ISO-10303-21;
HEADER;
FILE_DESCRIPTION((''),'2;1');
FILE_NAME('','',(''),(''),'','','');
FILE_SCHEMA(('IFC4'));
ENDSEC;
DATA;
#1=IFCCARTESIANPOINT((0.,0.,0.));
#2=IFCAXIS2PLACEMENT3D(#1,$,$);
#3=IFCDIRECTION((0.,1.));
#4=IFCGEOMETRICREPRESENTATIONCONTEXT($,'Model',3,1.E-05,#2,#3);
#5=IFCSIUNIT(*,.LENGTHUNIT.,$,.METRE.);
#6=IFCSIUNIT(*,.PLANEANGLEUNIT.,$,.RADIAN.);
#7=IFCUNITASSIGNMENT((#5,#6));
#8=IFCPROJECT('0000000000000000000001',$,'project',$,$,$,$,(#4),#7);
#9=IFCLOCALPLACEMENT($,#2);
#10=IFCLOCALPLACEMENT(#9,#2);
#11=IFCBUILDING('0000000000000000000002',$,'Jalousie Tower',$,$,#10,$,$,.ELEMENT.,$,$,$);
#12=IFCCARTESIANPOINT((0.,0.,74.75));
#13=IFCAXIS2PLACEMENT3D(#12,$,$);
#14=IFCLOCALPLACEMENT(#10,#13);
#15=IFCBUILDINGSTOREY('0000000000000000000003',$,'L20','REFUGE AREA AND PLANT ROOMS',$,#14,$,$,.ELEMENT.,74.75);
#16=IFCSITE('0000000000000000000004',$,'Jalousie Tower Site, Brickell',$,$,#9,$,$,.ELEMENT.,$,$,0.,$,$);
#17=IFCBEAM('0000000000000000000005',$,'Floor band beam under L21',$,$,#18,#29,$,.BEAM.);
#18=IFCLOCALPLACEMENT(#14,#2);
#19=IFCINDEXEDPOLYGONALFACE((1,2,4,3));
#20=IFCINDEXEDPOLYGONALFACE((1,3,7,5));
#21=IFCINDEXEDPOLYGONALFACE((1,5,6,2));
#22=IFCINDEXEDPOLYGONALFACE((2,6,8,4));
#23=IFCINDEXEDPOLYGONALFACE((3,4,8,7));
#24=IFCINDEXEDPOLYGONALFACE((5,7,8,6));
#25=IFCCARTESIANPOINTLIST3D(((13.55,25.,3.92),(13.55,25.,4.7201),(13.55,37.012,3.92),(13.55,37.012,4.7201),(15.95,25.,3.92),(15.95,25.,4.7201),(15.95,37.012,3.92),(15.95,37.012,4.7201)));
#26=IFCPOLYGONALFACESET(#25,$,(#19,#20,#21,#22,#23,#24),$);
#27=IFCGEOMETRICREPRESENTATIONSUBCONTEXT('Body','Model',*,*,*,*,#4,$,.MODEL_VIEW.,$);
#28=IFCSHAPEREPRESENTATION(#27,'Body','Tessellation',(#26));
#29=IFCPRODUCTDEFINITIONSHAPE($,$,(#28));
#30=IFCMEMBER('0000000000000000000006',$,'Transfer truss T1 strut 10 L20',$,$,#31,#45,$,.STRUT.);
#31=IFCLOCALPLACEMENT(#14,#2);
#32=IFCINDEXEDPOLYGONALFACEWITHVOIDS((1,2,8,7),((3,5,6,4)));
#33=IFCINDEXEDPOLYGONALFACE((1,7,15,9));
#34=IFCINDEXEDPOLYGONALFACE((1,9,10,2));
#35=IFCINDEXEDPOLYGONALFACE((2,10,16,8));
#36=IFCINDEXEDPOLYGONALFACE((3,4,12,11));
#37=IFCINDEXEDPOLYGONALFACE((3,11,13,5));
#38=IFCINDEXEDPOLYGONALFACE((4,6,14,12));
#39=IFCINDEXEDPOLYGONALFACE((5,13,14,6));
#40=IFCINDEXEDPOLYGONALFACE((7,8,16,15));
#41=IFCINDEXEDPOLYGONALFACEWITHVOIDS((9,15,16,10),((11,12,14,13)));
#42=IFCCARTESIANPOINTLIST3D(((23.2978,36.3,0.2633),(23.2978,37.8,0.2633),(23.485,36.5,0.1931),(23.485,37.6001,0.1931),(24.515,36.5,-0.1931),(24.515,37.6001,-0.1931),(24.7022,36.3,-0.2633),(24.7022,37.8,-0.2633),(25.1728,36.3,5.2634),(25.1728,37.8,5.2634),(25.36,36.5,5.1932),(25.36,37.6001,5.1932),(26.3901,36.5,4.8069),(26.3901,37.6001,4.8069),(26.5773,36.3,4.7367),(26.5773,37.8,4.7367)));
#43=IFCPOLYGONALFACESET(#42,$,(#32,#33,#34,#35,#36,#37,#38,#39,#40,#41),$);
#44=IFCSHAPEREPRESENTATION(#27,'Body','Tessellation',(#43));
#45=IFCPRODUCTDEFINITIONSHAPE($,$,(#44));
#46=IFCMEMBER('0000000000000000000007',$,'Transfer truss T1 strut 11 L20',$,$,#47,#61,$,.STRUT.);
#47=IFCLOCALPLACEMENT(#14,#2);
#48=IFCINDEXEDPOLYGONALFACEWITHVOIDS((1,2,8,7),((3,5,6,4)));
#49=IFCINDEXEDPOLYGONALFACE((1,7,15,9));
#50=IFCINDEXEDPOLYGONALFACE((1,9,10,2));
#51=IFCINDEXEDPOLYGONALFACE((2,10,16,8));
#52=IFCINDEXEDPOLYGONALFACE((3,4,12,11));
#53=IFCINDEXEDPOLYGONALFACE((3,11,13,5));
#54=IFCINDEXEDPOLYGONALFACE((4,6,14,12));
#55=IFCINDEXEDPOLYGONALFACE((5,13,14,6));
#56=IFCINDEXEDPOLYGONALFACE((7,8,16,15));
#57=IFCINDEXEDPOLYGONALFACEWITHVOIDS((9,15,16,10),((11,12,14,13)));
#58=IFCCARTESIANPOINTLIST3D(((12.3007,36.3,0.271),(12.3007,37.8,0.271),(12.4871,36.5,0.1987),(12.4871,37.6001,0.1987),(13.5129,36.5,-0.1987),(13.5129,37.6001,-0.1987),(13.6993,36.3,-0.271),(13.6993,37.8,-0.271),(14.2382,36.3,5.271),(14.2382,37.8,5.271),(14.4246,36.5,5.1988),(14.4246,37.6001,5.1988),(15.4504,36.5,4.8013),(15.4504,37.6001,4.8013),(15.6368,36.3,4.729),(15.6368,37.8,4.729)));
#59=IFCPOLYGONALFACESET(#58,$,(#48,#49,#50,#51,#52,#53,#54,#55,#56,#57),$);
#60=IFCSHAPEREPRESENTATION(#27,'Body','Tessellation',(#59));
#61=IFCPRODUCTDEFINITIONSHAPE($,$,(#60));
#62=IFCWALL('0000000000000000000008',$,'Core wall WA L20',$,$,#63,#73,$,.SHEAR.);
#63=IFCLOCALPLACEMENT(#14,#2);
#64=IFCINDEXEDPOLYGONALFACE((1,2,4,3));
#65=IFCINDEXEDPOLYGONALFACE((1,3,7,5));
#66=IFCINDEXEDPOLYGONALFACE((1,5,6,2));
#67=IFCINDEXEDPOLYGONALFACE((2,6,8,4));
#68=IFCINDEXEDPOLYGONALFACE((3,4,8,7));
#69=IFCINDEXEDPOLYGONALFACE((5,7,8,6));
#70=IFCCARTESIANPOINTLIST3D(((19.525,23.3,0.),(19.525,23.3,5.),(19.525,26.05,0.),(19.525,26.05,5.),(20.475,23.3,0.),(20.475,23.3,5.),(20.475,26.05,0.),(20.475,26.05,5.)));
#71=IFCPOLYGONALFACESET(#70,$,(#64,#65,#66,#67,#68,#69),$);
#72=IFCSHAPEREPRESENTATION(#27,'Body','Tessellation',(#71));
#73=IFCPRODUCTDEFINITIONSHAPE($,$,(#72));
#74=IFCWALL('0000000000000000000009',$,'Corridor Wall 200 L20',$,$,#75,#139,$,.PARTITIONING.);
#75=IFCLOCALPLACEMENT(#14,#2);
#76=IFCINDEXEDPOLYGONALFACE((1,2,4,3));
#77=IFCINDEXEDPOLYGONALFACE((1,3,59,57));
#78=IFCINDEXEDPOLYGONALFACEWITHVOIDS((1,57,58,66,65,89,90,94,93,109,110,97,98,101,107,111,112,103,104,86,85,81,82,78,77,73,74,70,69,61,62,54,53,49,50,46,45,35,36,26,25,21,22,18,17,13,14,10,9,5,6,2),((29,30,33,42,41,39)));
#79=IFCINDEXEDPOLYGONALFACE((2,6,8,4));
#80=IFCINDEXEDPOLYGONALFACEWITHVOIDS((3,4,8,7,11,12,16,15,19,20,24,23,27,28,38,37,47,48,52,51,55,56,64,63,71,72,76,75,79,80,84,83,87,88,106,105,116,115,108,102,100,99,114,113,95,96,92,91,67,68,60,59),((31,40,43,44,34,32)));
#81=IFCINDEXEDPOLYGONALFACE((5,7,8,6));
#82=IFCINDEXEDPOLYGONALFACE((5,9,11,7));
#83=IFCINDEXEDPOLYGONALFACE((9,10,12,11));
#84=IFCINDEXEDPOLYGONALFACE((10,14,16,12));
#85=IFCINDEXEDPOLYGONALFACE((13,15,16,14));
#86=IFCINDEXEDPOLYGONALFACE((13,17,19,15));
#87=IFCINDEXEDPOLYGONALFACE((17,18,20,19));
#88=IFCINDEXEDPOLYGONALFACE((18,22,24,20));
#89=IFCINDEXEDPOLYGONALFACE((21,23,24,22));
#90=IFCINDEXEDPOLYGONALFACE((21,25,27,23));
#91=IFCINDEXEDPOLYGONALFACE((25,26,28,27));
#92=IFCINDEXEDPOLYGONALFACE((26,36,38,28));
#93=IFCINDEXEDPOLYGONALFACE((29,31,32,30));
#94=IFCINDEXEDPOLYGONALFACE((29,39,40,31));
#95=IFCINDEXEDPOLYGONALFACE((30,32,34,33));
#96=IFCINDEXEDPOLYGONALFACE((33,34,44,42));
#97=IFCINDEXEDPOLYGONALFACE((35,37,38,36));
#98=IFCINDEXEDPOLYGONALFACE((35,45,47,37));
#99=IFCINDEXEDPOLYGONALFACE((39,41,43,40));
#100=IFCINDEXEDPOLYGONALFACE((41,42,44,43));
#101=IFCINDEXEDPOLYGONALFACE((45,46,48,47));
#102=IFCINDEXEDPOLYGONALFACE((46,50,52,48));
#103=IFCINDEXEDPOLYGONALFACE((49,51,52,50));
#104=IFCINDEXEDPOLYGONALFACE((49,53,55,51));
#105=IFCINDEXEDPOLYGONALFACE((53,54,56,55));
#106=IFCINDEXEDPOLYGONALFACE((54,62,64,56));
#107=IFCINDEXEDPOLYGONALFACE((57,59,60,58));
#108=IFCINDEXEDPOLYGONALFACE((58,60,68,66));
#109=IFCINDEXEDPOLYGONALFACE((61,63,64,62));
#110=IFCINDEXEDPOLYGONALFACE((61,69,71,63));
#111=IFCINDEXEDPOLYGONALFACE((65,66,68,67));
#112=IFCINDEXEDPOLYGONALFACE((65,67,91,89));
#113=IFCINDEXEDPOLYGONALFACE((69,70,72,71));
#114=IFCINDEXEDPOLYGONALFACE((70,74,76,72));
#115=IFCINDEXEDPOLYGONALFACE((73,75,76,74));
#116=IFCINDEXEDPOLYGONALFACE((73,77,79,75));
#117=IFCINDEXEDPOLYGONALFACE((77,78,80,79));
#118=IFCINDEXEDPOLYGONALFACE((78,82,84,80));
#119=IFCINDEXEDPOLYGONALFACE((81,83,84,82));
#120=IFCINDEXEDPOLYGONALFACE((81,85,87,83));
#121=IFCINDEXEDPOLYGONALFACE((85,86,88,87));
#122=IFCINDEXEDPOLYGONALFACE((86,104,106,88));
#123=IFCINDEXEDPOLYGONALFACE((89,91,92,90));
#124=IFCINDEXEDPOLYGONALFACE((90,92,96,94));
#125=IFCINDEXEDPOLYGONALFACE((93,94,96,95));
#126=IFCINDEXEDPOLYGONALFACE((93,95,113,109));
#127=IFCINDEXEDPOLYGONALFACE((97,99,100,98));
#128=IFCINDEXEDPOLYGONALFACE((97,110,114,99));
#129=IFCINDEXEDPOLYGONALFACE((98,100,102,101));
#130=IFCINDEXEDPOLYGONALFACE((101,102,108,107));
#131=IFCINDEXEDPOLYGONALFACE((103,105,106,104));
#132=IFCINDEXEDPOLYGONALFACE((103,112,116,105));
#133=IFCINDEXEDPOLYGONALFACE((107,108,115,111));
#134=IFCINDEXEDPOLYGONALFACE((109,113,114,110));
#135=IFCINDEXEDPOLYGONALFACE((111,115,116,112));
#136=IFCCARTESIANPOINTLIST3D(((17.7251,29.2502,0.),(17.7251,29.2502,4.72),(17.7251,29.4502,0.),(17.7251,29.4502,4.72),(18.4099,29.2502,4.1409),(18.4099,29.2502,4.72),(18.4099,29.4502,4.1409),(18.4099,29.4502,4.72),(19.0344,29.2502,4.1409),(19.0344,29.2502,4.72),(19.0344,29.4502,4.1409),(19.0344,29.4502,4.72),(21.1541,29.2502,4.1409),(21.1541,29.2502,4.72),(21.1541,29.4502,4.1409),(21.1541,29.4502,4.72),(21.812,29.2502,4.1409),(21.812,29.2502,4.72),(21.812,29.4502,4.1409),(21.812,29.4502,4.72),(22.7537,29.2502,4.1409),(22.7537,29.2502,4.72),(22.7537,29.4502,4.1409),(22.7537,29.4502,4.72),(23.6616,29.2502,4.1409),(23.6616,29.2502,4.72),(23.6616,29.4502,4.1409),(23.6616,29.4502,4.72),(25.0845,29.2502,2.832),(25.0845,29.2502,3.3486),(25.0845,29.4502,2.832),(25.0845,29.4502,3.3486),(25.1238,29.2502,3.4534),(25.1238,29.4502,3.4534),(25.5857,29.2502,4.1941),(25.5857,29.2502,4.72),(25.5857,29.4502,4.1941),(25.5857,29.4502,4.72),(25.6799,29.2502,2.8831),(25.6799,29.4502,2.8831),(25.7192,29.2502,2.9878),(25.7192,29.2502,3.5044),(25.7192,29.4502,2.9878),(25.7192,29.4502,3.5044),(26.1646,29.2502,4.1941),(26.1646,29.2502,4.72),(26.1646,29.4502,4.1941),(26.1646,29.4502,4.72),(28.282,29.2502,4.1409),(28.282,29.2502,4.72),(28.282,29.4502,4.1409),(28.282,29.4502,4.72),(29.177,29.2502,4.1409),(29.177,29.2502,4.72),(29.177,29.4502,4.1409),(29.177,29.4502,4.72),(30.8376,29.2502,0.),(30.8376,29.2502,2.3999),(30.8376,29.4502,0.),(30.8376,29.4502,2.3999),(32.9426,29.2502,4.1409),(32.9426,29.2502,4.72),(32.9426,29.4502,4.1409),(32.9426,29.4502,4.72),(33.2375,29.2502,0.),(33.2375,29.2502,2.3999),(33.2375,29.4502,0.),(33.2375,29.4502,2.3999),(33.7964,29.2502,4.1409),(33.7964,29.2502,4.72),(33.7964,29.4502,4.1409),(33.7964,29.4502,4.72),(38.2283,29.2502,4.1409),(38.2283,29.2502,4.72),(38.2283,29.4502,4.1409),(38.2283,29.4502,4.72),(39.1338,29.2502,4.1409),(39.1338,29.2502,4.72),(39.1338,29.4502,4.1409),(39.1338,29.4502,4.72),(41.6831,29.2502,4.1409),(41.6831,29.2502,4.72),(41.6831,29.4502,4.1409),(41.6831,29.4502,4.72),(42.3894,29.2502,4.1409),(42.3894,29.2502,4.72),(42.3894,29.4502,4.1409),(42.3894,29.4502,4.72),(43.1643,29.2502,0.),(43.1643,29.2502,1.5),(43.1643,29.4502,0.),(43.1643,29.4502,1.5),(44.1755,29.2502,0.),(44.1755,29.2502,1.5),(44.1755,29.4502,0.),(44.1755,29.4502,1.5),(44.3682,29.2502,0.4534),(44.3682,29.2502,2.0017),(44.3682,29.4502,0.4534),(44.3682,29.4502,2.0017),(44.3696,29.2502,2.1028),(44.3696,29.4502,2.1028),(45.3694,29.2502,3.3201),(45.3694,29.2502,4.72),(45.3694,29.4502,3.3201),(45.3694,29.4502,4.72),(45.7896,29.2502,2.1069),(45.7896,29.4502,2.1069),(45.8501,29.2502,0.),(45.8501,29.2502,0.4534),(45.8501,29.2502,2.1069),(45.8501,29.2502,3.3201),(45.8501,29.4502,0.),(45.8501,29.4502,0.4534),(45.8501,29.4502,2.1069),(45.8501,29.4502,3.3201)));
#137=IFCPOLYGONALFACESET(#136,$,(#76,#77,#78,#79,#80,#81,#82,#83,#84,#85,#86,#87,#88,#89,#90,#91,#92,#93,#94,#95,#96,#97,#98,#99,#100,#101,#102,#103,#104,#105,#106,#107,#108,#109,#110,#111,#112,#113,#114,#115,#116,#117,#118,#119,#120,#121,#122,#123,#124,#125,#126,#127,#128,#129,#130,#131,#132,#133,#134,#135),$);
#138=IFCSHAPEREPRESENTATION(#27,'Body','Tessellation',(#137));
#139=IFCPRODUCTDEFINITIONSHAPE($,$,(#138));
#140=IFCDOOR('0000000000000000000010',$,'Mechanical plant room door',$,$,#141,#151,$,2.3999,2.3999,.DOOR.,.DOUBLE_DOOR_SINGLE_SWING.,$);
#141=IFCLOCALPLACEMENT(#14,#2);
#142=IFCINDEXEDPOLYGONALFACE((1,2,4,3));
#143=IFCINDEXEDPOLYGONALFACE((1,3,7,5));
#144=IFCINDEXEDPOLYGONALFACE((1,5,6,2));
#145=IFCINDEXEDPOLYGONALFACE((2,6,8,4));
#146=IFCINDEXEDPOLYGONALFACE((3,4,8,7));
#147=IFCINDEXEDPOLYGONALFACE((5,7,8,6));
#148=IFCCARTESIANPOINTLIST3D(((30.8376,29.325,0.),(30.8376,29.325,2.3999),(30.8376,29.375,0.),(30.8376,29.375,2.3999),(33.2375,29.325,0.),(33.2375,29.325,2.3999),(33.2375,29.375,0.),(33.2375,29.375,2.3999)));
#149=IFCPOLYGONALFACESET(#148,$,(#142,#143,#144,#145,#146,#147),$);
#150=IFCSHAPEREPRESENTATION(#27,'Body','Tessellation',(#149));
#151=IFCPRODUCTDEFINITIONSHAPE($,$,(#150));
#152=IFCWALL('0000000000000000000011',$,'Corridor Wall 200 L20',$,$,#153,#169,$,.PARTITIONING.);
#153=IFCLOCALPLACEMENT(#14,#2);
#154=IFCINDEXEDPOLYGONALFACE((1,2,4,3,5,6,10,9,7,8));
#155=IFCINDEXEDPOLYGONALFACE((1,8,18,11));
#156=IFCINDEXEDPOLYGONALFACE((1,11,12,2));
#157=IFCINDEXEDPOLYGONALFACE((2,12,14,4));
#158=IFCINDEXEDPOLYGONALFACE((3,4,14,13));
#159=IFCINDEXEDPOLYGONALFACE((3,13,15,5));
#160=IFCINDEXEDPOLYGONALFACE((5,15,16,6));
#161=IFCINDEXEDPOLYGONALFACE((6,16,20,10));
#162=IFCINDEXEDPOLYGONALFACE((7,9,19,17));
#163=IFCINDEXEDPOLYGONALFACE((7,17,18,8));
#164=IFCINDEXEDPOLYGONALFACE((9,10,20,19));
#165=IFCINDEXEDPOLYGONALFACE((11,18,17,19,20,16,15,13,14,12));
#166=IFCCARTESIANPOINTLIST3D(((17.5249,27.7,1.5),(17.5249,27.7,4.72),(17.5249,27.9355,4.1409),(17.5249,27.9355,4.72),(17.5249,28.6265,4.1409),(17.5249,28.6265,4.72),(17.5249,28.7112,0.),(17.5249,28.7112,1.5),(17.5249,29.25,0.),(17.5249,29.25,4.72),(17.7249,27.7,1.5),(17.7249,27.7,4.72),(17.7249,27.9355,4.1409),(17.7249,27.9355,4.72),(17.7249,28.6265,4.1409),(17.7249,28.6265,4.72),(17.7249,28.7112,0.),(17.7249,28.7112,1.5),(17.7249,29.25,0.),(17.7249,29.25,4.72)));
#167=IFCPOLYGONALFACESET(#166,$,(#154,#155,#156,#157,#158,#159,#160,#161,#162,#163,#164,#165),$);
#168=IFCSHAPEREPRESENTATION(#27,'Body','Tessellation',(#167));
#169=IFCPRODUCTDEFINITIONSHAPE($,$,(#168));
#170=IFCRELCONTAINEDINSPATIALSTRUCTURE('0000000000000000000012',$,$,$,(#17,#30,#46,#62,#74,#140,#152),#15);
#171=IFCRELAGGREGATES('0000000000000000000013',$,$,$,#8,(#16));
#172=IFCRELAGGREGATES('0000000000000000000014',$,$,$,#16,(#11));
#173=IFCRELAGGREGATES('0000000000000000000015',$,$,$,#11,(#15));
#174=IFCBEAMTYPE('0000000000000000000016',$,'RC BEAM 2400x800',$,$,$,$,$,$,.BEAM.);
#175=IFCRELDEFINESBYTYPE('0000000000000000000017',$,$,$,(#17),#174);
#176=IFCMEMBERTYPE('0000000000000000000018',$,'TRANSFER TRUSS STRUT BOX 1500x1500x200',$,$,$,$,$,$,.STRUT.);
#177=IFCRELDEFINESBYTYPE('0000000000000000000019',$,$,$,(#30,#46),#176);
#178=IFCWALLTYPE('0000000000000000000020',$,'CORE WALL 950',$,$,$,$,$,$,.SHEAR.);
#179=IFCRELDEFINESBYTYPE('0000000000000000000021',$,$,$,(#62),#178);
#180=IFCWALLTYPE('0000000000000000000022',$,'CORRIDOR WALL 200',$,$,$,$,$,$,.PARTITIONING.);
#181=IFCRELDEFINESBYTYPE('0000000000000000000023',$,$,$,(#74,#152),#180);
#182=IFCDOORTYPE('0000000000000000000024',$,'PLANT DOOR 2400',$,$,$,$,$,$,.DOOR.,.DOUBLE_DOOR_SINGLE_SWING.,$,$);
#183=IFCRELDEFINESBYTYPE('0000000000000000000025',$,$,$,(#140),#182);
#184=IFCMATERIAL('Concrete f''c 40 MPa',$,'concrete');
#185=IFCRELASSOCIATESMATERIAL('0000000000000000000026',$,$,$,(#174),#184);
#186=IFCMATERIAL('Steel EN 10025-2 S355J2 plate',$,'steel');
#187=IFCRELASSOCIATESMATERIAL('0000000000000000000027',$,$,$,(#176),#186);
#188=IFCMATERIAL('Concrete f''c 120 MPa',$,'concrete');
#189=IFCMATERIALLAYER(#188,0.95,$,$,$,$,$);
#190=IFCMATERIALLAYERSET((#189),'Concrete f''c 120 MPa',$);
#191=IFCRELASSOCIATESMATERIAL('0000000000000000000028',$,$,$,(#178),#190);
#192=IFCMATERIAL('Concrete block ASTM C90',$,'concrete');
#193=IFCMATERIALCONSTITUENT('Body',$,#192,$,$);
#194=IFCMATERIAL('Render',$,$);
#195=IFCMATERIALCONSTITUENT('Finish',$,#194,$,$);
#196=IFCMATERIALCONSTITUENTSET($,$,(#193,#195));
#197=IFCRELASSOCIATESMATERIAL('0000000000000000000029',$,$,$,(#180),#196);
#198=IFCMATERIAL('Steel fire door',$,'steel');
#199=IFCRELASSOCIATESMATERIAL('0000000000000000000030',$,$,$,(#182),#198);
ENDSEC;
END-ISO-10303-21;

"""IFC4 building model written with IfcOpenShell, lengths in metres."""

from ifc_helpers import new_model, si_unit, direction, frame, frame_2d, origin, origin_2d, place, context, subcontext, project, spatial, polyline, rectangle, hollow_rectangle, outline, extrude, material, layer, layer_set, constituent, constituent_set, material_profile, profile_set, type_object, element, fill, save


model = new_model("IFC4")

# Units and contexts
model_context = context("Model", 3, precision=1e-05, world=origin(), true_north=direction((0.0, 1.0)))
body_context = subcontext(model_context, "Body", "Model", "MODEL_VIEW")
ifc_project = project(units=[si_unit("LENGTHUNIT", "METRE"), si_unit("PLANEANGLEUNIT", "RADIAN")], contexts=[model_context])

# Site, building, storey
site_placement = place(None, origin())
site = spatial("IfcSite", under=ifc_project, at=site_placement, Name="Jalousie Tower Site, Brickell", CompositionType="ELEMENT", RefElevation=0.0)
building_placement = place(site_placement, origin())
building = spatial("IfcBuilding", under=site, at=building_placement, Name="Jalousie Tower", CompositionType="ELEMENT")
storey_placement = place(building_placement, frame((0.0, 0.0, 74.75)))
storey = spatial("IfcBuildingStorey", under=building, at=storey_placement, Name="L20", Description="REFUGE AREA AND PLANT ROOMS", CompositionType="ELEMENT", Elevation=74.75)

# Beam
ifc_material_1 = material(Name="Concrete f'c 40 MPa", Category="concrete")
ifc_material_profile_1 = material_profile(ifc_material_1, rectangle(XDim=2.3999, YDim=0.8, at=origin_2d()), Name="RC 2400x800")
ifc_profile_set_1 = profile_set([ifc_material_profile_1], Name="Concrete f'c 40 MPa")
beam_type_1 = type_object("IfcBeamType", Name="RC BEAM 2400x800", PredefinedType="BEAM", material=ifc_profile_set_1)
beam_1_placement = place(storey_placement, frame((14.75, 25.0, 4.3201), z_axis=(0.0, 1.0, 0.0), x_axis=(-1.0, 0.0, 0.0)))
element("IfcBeam", 1, at=beam_1_placement, inside=storey, type_object=beam_type_1, Name="Floor band beam under L21", PredefinedType="BEAM", context=body_context, shape_type="SweptSolid", body=[
    extrude(rectangle(XDim=2.3999, YDim=0.8, at=origin_2d()), origin(), (0.0, 0.0, 1.0), 12.012),
])

# Members
ifc_material_2 = material(Name="Steel EN 10025-2 S355J2 plate", Category="steel")
ifc_material_profile_2 = material_profile(ifc_material_2, hollow_rectangle(XDim=1.5, YDim=1.5, WallThickness=0.2, at=origin_2d()), Name="BOX 1500x1500x200")
ifc_profile_set_2 = profile_set([ifc_material_profile_2], Name="Steel EN 10025-2 S355J2 plate")
member_type_1 = type_object("IfcMemberType", Name="TRANSFER TRUSS STRUT BOX 1500x1500x200", PredefinedType="STRUT", material=ifc_profile_set_2)
member_1_placement = place(storey_placement, frame((24.0, 37.05, 0.0), z_axis=(0.351123, 0.0, 0.936329), x_axis=(0.0, 1.0, 0.0)))
element("IfcMember", 2, at=member_1_placement, inside=storey, type_object=member_type_1, Name="Transfer truss T1 strut 10 L20", PredefinedType="STRUT", context=body_context, shape_type="SweptSolid", body=[
    extrude(hollow_rectangle(XDim=1.5, YDim=1.5, WallThickness=0.2, at=origin_2d()), origin(), (0.0, 0.0, 1.0), 5.3401),
])
member_2_placement = place(storey_placement, frame((13.0, 37.05, 0.0), z_axis=(0.361321, 0.0, 0.932441), x_axis=(0.0, 1.0, 0.0)))
element("IfcMember", 3, at=member_2_placement, inside=storey, type_object=member_type_1, Name="Transfer truss T1 strut 11 L20", PredefinedType="STRUT", context=body_context, shape_type="SweptSolid", body=[
    extrude(hollow_rectangle(XDim=1.5, YDim=1.5, WallThickness=0.2, at=origin_2d()), origin(), (0.0, 0.0, 1.0), 5.3623),
])

# Wall
ifc_material_3 = material(Name="Concrete f'c 120 MPa", Category="concrete")
ifc_layer_1 = layer(ifc_material_3, 0.95)
ifc_layer_set_1 = layer_set([ifc_layer_1], Name="Concrete f'c 120 MPa")
wall_type_1 = type_object("IfcWallType", Name="CORE WALL 950", PredefinedType="SHEAR", material=ifc_layer_set_1)
wall_1_placement = place(storey_placement, frame((20.0, 26.05, 0.0), z_axis=(0.0, 0.0, 1.0), x_axis=(0.0, -1.0, 0.0)))
element("IfcWall", 4, at=wall_1_placement, inside=storey, type_object=wall_type_1, Name="Core wall WA L20", PredefinedType="SHEAR", context=body_context, shape_type="SweptSolid", body=[
    extrude(rectangle(XDim=2.75, YDim=0.95, at=frame_2d((1.375, 0.0))), origin(), (0.0, 0.0, 1.0), 5.0),
])

# Wall, opening, door
ifc_material_4 = material(Name="Concrete block ASTM C90", Category="concrete")
ifc_constituent_1 = constituent(ifc_material_4, Name="Body")
ifc_material_5 = material(Name="Render")
ifc_constituent_2 = constituent(ifc_material_5, Name="Finish")
ifc_constituent_set_1 = constituent_set(constituents=[ifc_constituent_1, ifc_constituent_2])
wall_type_2 = type_object("IfcWallType", Name="CORRIDOR WALL 200", PredefinedType="PARTITIONING", material=ifc_constituent_set_1)
wall_2_placement = place(storey_placement, frame((17.7251, 29.3501, 0.0), z_axis=(0.0, 0.0, 1.0), x_axis=(1.0, 0.0, 0.0)))
wall_2 = element("IfcWall", 5, at=wall_2_placement, inside=storey, type_object=wall_type_2, Name="Corridor Wall 200 L20", PredefinedType="PARTITIONING", context=body_context, shape_type="SweptSolid", body=[
    extrude(outline(polyline([(26.4504, 0.0), (28.125, 0.0), (28.125, 0.4534), (26.6431, 0.4534), (26.6431, 2.0017), (26.6445, 2.1028), (28.0645, 2.1069), (28.125, 2.1069), (28.125, 3.3201), (27.6443, 3.3201), (27.6443, 4.72), (24.6643, 4.72), (24.6643, 4.1409), (23.958, 4.1409), (23.958, 4.72), (21.4087, 4.72), (21.4087, 4.1409), (20.5032, 4.1409), (20.5032, 4.72), (16.0713, 4.72), (16.0713, 4.1409), (15.2175, 4.1409), (15.2175, 4.72), (11.4519, 4.72), (11.4519, 4.1409), (10.5569, 4.1409), (10.5569, 4.72), (8.4395, 4.72), (8.4395, 4.1941), (7.8606, 4.1941), (7.8606, 4.72), (5.9365, 4.72), (5.9365, 4.1409), (5.0286, 4.1409), (5.0286, 4.72), (4.0869, 4.72), (4.0869, 4.1409), (3.429, 4.1409), (3.429, 4.72), (1.3093, 4.72), (1.3093, 4.1409), (0.6848, 4.1409), (0.6848, 4.72), (0.0, 4.72), (0.0, 0.0), (25.4392, 0.0), (25.4392, 1.5), (26.4504, 1.5), (26.4504, 0.0)]), holes=[polyline([(7.3594, 3.3486), (7.3987, 3.4534), (7.9941, 3.5044), (7.9941, 2.9878), (7.9548, 2.8831), (7.3594, 2.832), (7.3594, 3.3486)])]), frame((0.0, 0.1001, 0.0), z_axis=(0.0, -1.0, 0.0), x_axis=(1.0, 0.0, 0.0)), (0.0, 0.0, 1.0), 0.2),
])
opening_placement = place(wall_2_placement, frame((13.1125, 0.0, 0.0)))
opening = element("IfcOpeningElement", 6, at=opening_placement, cuts=wall_2, PredefinedType="OPENING", context=body_context, shape_type="SweptSolid", body=[
    extrude(rectangle(XDim=2.3999, YDim=2.3999, at=frame_2d((1.2, 1.2))), frame((0.0, 0.1099, 0.0), z_axis=(0.0, -1.0, 0.0), x_axis=(1.0, 0.0, 0.0)), (0.0, 0.0, 1.0), 0.22),
])
ifc_material_6 = material(Name="Steel fire door", Category="steel")
door_type = type_object("IfcDoorType", Name="PLANT DOOR 2400", OperationType="DOUBLE_DOOR_SINGLE_SWING", PredefinedType="DOOR", material=ifc_material_6)
door_placement = place(opening_placement, origin())
door = element("IfcDoor", 7, at=door_placement, inside=storey, type_object=door_type, Name="Mechanical plant room door", OperationType="DOUBLE_DOOR_SINGLE_SWING", OverallHeight=2.3999, OverallWidth=2.3999, PredefinedType="DOOR", context=body_context, shape_type="SweptSolid", body=[
    extrude(rectangle(XDim=2.3999, YDim=2.3999, at=frame_2d((1.2, 1.2))), frame((0.0, 0.0249, 0.0), z_axis=(0.0, -1.0, 0.0), x_axis=(1.0, 0.0, 0.0)), (0.0, 0.0, 1.0), 0.05),
])
fill(opening, door)

# Wall
wall_3_placement = place(storey_placement, frame((17.625, 27.7, 0.0), z_axis=(0.0, 0.0, 1.0), x_axis=(0.0, 1.0, 0.0)))
element("IfcWall", 8, at=wall_3_placement, inside=storey, type_object=wall_type_2, Name="Corridor Wall 200 L20", PredefinedType="PARTITIONING", context=body_context, shape_type="SweptSolid", body=[
    extrude(outline(polyline([(1.55, 0.0), (1.55, 4.72), (0.9265, 4.72), (0.9265, 4.1409), (0.2356, 4.1409), (0.2356, 4.72), (0.0, 4.72), (0.0, 1.5), (1.0112, 1.5), (1.0112, 0.0), (1.55, 0.0)])), frame((0.0, 0.1001, 0.0), z_axis=(0.0, -1.0, 0.0), x_axis=(1.0, 0.0, 0.0)), (0.0, 0.0, 1.0), 0.2),
])

save(model, "model.ifc")
